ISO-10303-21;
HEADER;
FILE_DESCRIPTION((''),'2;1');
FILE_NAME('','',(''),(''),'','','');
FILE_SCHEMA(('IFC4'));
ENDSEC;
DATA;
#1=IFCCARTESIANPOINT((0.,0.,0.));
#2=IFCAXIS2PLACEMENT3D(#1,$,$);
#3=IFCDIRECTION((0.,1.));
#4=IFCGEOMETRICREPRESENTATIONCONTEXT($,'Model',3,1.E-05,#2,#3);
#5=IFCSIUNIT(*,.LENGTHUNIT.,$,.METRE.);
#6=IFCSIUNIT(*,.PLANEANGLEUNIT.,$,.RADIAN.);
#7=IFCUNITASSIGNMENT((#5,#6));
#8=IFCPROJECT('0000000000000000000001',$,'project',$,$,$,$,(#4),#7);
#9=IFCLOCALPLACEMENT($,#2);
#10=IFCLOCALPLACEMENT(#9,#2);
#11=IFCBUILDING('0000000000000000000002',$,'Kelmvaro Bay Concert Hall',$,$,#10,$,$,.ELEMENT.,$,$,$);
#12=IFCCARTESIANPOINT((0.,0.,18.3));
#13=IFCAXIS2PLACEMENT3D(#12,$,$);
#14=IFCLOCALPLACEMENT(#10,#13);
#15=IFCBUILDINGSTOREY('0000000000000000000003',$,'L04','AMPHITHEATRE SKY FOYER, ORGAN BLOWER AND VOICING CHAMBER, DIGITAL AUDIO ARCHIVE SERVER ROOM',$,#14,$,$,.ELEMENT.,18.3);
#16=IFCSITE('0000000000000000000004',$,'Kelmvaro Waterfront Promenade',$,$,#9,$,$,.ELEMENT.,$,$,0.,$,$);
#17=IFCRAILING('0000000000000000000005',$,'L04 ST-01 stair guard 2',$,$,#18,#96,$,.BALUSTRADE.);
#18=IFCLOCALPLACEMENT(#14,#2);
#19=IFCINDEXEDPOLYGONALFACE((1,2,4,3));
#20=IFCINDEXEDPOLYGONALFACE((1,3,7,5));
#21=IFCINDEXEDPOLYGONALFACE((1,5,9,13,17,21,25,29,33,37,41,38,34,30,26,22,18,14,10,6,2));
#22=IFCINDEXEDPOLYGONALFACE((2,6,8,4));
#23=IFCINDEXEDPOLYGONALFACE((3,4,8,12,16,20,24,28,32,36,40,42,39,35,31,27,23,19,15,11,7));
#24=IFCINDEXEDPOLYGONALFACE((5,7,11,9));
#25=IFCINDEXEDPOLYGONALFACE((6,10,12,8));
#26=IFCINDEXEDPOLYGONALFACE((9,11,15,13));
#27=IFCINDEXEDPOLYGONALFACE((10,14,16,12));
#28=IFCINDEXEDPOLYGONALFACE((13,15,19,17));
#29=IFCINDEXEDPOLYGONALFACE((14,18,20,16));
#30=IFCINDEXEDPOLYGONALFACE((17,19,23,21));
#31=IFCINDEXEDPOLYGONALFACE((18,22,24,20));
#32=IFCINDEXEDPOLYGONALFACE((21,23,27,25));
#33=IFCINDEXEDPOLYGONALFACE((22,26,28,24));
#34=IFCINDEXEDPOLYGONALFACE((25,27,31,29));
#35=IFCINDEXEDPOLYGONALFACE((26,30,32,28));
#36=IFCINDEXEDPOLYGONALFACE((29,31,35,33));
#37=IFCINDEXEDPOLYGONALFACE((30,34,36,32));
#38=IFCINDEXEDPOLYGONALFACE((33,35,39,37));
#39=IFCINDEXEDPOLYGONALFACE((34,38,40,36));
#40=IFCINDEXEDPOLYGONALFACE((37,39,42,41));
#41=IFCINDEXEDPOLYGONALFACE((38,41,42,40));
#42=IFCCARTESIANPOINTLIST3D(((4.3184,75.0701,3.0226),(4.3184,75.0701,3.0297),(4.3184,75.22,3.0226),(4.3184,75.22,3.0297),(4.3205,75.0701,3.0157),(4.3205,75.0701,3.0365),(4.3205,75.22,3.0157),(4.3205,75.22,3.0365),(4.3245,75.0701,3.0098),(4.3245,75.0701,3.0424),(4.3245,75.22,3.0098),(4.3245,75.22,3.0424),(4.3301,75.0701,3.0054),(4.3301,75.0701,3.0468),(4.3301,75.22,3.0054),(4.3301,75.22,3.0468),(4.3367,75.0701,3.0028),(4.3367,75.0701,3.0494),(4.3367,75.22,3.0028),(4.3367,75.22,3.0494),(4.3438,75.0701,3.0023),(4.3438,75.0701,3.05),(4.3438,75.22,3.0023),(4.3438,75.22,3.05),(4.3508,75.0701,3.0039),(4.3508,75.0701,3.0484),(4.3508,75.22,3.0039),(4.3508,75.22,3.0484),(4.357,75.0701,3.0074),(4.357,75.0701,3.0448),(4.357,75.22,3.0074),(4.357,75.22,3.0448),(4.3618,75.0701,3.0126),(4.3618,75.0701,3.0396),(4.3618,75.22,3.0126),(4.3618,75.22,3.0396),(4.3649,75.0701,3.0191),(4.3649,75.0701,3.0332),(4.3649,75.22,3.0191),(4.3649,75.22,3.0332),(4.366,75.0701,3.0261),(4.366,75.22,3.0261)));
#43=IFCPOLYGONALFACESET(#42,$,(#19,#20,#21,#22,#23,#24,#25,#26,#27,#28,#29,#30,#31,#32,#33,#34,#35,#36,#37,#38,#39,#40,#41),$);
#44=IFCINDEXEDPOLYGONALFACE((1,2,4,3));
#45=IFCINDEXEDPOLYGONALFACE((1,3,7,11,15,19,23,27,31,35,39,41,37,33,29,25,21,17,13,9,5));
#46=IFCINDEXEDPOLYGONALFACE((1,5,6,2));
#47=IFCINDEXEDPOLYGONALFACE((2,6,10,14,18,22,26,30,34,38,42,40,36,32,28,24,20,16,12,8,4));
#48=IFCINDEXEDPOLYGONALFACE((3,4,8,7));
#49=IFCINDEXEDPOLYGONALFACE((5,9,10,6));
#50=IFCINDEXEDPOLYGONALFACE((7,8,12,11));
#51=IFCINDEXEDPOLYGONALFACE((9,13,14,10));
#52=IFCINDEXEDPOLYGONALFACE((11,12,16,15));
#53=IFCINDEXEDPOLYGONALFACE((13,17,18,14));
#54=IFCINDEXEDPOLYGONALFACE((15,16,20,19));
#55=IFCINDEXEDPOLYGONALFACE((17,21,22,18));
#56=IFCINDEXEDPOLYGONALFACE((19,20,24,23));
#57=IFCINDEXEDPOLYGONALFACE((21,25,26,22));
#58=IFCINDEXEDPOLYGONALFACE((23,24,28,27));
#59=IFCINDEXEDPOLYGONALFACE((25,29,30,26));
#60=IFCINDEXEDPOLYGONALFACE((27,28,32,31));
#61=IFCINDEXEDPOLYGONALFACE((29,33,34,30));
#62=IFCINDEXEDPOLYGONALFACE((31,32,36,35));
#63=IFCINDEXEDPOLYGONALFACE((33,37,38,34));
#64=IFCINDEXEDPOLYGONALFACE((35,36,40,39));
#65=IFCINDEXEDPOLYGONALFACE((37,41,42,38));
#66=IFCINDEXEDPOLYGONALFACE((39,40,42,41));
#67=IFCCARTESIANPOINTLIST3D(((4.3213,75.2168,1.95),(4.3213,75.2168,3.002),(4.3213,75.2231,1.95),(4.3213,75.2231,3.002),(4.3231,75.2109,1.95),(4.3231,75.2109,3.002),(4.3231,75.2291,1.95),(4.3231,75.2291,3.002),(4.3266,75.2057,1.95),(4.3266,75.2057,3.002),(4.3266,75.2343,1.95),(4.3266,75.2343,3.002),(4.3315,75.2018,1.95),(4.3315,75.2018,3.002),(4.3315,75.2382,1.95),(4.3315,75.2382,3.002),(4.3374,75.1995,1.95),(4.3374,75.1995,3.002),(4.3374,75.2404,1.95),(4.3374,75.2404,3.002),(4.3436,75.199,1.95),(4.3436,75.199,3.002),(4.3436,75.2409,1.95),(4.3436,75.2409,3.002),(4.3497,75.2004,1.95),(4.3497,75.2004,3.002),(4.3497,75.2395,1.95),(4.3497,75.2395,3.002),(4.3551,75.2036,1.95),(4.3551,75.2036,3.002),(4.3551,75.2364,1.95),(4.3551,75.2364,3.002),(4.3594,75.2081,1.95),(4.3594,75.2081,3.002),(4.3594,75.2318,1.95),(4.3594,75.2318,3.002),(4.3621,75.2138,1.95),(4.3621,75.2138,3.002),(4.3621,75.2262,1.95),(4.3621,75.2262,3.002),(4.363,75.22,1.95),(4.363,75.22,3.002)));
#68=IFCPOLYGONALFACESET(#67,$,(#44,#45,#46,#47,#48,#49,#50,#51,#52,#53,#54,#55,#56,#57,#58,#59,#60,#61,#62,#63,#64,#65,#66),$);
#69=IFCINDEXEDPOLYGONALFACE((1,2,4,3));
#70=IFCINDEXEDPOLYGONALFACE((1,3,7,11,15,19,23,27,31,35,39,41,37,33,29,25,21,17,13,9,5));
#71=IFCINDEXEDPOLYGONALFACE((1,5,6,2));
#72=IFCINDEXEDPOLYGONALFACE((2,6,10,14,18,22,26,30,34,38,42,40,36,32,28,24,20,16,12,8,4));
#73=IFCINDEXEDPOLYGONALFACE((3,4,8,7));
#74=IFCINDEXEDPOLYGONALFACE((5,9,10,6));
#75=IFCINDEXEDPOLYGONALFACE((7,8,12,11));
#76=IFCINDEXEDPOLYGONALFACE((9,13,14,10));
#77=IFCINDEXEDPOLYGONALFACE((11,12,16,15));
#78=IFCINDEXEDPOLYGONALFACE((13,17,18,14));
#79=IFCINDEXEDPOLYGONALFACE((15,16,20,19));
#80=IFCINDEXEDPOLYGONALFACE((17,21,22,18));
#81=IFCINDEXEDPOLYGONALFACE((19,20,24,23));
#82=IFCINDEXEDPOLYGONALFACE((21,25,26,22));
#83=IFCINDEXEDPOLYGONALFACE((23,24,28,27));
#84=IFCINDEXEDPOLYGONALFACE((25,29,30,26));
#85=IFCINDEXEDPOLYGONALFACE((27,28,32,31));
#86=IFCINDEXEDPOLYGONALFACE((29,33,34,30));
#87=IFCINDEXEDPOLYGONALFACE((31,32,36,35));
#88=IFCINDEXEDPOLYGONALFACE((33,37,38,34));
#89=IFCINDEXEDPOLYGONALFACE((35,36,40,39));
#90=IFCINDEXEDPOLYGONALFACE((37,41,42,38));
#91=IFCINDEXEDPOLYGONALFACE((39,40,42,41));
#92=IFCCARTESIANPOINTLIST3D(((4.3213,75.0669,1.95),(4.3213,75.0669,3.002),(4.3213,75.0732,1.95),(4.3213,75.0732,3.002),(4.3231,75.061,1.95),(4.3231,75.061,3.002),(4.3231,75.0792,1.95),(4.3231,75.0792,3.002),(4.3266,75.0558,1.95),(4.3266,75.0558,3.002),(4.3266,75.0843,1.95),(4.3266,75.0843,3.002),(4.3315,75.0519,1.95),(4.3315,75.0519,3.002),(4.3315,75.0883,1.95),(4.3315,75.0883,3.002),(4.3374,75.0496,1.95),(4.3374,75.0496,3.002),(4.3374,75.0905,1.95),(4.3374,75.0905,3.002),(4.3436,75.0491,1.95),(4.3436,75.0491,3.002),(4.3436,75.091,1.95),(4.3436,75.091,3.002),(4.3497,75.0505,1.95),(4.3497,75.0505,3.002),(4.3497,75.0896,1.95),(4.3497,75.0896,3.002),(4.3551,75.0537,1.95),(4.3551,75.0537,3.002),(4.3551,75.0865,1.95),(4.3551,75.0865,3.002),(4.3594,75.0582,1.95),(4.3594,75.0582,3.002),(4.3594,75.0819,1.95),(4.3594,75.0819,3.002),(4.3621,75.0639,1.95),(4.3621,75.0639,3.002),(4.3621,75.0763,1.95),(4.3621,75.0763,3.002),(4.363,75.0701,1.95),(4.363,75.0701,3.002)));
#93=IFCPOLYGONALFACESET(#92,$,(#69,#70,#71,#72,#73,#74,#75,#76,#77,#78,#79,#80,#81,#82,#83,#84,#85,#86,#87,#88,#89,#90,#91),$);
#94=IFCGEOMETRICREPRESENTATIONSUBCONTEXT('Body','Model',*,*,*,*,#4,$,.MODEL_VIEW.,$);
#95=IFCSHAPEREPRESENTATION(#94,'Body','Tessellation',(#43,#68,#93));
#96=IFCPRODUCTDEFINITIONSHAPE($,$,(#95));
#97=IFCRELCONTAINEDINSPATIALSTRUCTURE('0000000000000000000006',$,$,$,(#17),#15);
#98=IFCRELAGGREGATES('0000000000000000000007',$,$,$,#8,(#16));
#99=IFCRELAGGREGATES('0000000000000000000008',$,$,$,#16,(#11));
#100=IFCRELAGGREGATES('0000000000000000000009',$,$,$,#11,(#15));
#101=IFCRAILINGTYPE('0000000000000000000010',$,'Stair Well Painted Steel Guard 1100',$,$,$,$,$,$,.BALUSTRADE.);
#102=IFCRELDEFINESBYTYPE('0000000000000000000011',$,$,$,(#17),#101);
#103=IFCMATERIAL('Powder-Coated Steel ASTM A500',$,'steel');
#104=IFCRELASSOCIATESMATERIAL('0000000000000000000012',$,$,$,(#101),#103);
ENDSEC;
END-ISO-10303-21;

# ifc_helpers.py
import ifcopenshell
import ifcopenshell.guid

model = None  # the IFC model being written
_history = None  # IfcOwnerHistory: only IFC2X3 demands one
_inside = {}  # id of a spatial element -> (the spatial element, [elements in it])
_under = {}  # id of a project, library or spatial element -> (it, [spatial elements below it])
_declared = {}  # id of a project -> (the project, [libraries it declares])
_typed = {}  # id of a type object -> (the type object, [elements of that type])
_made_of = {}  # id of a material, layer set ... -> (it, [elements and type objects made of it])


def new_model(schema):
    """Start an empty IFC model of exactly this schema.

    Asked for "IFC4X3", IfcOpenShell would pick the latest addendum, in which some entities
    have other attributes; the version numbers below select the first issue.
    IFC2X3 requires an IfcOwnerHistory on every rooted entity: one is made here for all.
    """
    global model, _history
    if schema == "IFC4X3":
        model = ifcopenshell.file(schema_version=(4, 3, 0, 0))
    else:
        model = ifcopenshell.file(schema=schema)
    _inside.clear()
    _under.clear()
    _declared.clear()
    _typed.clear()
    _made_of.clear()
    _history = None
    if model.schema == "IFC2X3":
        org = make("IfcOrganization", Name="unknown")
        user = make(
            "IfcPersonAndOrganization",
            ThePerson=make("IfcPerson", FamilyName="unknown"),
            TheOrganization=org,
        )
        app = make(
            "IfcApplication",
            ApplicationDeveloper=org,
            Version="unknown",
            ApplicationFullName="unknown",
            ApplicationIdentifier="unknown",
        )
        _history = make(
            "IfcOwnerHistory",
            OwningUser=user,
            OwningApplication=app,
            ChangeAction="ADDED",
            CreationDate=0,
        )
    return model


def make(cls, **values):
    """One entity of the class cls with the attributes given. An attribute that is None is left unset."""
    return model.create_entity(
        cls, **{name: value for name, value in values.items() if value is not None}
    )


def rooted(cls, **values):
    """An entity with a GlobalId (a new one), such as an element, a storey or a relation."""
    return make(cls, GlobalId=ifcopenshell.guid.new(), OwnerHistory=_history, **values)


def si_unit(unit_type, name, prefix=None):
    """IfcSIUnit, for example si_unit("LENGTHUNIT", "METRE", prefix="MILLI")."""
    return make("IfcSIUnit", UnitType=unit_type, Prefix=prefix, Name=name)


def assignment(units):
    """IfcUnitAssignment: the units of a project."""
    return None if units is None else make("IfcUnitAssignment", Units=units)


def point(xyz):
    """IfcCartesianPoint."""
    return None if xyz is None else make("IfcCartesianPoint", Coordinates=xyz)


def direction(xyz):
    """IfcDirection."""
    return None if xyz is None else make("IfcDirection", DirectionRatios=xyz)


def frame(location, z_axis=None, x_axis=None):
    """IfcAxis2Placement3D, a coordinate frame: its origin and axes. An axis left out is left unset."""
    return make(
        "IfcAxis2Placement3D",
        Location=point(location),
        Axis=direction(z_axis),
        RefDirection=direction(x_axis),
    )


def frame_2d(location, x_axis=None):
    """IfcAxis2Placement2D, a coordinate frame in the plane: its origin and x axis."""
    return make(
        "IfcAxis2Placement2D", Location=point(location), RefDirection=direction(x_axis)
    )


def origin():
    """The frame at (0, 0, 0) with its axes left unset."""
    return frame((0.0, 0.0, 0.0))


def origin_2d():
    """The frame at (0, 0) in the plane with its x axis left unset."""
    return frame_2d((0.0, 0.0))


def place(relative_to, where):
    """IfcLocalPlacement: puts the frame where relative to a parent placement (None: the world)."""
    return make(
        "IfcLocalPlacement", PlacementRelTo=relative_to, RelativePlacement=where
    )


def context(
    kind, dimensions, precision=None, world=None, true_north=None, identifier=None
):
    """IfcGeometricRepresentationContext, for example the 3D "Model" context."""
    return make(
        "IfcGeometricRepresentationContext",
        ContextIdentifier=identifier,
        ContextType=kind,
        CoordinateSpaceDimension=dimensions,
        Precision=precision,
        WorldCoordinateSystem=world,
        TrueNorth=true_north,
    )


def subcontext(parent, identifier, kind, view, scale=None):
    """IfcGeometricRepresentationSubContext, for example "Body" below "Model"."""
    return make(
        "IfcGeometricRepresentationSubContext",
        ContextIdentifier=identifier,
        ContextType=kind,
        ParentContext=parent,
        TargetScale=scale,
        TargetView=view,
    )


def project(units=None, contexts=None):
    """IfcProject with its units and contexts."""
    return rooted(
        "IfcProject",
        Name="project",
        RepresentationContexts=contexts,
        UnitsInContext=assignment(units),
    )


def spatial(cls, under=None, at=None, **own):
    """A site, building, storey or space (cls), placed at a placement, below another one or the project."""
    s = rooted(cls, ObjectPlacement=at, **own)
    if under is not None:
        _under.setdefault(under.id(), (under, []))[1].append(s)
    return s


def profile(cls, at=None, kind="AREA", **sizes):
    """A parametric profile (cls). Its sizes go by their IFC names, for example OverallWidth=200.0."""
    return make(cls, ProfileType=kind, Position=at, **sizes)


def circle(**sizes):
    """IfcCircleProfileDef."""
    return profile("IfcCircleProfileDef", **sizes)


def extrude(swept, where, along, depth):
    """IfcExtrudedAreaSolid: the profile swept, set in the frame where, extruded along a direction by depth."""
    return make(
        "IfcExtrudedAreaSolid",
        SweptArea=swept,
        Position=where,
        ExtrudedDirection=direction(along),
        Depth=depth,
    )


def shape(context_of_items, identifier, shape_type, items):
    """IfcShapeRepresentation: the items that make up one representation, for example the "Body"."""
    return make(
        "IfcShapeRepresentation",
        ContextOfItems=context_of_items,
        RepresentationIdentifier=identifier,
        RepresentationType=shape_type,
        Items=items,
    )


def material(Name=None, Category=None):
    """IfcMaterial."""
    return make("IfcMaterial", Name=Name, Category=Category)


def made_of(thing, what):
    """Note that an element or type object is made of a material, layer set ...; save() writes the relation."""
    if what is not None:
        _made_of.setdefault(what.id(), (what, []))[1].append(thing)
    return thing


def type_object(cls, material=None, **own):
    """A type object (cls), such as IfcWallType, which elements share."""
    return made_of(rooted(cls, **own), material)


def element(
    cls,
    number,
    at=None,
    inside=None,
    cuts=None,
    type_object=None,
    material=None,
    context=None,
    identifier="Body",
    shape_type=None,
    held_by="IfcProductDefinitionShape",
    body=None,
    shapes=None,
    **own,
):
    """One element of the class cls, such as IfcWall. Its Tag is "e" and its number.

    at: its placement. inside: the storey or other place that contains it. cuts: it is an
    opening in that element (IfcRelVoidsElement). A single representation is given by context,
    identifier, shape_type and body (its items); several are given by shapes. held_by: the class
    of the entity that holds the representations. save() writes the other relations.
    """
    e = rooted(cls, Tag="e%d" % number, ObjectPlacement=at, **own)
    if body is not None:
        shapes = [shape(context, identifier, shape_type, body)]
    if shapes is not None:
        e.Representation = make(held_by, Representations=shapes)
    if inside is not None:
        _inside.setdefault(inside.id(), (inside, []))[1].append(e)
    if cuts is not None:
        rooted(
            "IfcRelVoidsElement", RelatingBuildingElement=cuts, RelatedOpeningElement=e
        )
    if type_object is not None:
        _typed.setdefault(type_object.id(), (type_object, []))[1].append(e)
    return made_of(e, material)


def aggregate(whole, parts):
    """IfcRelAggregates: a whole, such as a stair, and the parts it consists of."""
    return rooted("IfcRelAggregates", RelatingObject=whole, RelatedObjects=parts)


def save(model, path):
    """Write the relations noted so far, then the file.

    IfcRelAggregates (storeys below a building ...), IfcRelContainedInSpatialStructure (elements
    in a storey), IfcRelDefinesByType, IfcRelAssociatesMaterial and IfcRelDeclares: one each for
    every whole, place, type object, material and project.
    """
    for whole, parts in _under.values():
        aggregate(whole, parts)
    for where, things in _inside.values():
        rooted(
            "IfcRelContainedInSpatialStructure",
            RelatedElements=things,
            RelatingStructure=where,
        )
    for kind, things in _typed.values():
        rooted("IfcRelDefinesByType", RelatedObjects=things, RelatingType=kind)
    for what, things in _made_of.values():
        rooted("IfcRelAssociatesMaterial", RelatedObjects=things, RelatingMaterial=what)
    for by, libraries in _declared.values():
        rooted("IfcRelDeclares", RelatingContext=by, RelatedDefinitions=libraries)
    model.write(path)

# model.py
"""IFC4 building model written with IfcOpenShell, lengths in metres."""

from ifc_helpers import new_model, si_unit, direction, frame, origin, origin_2d, place, context, subcontext, project, spatial, circle, extrude, material, type_object, element, save


model = new_model("IFC4")

# Units and contexts
model_context = context("Model", 3, precision=1e-05, world=origin(), true_north=direction((0.0, 1.0)))
body_context = subcontext(model_context, "Body", "Model", "MODEL_VIEW")
ifc_project = project(units=[si_unit("LENGTHUNIT", "METRE"), si_unit("PLANEANGLEUNIT", "RADIAN")], contexts=[model_context])

# Site, building, storey
site_placement = place(None, origin())
site = spatial("IfcSite", under=ifc_project, at=site_placement, Name="Kelmvaro Waterfront Promenade", CompositionType="ELEMENT", RefElevation=0.0)
building_placement = place(site_placement, origin())
building = spatial("IfcBuilding", under=site, at=building_placement, Name="Kelmvaro Bay Concert Hall", CompositionType="ELEMENT")
storey_placement = place(building_placement, frame((0.0, 0.0, 18.3)))
storey = spatial("IfcBuildingStorey", under=building, at=storey_placement, Name="L04", Description="AMPHITHEATRE SKY FOYER, ORGAN BLOWER AND VOICING CHAMBER, DIGITAL AUDIO ARCHIVE SERVER ROOM", CompositionType="ELEMENT", Elevation=18.3)

# Railing
ifc_material_1 = material(Name="Powder-Coated Steel ASTM A500", Category="steel")
railing_type_1 = type_object("IfcRailingType", Name="Stair Well Painted Steel Guard 1100", PredefinedType="BALUSTRADE", material=ifc_material_1)
railing_1_placement = place(storey_placement, frame((4.342, 75.22, 1.95)))
element("IfcRailing", 1, at=railing_1_placement, inside=storey, type_object=railing_type_1, Name="L04 ST-01 stair guard 2", PredefinedType="BALUSTRADE", context=body_context, shape_type="SweptSolid", body=[
    extrude(circle(Radius=0.0239, at=origin_2d()), frame((0.0, 0.0, 1.0762), z_axis=(0.0, -1.0, 0.0), x_axis=(1.0, 0.0, 0.0)), (0.0, 0.0, 1.0), 0.1499),
    extrude(circle(Radius=0.021, at=origin_2d()), origin(), (0.0, 0.0, 1.0), 1.052),
    extrude(circle(Radius=0.021, at=origin_2d()), frame((0.0, -0.1499, 0.0)), (0.0, 0.0, 1.0), 1.052),
])

save(model, "model.ifc")
